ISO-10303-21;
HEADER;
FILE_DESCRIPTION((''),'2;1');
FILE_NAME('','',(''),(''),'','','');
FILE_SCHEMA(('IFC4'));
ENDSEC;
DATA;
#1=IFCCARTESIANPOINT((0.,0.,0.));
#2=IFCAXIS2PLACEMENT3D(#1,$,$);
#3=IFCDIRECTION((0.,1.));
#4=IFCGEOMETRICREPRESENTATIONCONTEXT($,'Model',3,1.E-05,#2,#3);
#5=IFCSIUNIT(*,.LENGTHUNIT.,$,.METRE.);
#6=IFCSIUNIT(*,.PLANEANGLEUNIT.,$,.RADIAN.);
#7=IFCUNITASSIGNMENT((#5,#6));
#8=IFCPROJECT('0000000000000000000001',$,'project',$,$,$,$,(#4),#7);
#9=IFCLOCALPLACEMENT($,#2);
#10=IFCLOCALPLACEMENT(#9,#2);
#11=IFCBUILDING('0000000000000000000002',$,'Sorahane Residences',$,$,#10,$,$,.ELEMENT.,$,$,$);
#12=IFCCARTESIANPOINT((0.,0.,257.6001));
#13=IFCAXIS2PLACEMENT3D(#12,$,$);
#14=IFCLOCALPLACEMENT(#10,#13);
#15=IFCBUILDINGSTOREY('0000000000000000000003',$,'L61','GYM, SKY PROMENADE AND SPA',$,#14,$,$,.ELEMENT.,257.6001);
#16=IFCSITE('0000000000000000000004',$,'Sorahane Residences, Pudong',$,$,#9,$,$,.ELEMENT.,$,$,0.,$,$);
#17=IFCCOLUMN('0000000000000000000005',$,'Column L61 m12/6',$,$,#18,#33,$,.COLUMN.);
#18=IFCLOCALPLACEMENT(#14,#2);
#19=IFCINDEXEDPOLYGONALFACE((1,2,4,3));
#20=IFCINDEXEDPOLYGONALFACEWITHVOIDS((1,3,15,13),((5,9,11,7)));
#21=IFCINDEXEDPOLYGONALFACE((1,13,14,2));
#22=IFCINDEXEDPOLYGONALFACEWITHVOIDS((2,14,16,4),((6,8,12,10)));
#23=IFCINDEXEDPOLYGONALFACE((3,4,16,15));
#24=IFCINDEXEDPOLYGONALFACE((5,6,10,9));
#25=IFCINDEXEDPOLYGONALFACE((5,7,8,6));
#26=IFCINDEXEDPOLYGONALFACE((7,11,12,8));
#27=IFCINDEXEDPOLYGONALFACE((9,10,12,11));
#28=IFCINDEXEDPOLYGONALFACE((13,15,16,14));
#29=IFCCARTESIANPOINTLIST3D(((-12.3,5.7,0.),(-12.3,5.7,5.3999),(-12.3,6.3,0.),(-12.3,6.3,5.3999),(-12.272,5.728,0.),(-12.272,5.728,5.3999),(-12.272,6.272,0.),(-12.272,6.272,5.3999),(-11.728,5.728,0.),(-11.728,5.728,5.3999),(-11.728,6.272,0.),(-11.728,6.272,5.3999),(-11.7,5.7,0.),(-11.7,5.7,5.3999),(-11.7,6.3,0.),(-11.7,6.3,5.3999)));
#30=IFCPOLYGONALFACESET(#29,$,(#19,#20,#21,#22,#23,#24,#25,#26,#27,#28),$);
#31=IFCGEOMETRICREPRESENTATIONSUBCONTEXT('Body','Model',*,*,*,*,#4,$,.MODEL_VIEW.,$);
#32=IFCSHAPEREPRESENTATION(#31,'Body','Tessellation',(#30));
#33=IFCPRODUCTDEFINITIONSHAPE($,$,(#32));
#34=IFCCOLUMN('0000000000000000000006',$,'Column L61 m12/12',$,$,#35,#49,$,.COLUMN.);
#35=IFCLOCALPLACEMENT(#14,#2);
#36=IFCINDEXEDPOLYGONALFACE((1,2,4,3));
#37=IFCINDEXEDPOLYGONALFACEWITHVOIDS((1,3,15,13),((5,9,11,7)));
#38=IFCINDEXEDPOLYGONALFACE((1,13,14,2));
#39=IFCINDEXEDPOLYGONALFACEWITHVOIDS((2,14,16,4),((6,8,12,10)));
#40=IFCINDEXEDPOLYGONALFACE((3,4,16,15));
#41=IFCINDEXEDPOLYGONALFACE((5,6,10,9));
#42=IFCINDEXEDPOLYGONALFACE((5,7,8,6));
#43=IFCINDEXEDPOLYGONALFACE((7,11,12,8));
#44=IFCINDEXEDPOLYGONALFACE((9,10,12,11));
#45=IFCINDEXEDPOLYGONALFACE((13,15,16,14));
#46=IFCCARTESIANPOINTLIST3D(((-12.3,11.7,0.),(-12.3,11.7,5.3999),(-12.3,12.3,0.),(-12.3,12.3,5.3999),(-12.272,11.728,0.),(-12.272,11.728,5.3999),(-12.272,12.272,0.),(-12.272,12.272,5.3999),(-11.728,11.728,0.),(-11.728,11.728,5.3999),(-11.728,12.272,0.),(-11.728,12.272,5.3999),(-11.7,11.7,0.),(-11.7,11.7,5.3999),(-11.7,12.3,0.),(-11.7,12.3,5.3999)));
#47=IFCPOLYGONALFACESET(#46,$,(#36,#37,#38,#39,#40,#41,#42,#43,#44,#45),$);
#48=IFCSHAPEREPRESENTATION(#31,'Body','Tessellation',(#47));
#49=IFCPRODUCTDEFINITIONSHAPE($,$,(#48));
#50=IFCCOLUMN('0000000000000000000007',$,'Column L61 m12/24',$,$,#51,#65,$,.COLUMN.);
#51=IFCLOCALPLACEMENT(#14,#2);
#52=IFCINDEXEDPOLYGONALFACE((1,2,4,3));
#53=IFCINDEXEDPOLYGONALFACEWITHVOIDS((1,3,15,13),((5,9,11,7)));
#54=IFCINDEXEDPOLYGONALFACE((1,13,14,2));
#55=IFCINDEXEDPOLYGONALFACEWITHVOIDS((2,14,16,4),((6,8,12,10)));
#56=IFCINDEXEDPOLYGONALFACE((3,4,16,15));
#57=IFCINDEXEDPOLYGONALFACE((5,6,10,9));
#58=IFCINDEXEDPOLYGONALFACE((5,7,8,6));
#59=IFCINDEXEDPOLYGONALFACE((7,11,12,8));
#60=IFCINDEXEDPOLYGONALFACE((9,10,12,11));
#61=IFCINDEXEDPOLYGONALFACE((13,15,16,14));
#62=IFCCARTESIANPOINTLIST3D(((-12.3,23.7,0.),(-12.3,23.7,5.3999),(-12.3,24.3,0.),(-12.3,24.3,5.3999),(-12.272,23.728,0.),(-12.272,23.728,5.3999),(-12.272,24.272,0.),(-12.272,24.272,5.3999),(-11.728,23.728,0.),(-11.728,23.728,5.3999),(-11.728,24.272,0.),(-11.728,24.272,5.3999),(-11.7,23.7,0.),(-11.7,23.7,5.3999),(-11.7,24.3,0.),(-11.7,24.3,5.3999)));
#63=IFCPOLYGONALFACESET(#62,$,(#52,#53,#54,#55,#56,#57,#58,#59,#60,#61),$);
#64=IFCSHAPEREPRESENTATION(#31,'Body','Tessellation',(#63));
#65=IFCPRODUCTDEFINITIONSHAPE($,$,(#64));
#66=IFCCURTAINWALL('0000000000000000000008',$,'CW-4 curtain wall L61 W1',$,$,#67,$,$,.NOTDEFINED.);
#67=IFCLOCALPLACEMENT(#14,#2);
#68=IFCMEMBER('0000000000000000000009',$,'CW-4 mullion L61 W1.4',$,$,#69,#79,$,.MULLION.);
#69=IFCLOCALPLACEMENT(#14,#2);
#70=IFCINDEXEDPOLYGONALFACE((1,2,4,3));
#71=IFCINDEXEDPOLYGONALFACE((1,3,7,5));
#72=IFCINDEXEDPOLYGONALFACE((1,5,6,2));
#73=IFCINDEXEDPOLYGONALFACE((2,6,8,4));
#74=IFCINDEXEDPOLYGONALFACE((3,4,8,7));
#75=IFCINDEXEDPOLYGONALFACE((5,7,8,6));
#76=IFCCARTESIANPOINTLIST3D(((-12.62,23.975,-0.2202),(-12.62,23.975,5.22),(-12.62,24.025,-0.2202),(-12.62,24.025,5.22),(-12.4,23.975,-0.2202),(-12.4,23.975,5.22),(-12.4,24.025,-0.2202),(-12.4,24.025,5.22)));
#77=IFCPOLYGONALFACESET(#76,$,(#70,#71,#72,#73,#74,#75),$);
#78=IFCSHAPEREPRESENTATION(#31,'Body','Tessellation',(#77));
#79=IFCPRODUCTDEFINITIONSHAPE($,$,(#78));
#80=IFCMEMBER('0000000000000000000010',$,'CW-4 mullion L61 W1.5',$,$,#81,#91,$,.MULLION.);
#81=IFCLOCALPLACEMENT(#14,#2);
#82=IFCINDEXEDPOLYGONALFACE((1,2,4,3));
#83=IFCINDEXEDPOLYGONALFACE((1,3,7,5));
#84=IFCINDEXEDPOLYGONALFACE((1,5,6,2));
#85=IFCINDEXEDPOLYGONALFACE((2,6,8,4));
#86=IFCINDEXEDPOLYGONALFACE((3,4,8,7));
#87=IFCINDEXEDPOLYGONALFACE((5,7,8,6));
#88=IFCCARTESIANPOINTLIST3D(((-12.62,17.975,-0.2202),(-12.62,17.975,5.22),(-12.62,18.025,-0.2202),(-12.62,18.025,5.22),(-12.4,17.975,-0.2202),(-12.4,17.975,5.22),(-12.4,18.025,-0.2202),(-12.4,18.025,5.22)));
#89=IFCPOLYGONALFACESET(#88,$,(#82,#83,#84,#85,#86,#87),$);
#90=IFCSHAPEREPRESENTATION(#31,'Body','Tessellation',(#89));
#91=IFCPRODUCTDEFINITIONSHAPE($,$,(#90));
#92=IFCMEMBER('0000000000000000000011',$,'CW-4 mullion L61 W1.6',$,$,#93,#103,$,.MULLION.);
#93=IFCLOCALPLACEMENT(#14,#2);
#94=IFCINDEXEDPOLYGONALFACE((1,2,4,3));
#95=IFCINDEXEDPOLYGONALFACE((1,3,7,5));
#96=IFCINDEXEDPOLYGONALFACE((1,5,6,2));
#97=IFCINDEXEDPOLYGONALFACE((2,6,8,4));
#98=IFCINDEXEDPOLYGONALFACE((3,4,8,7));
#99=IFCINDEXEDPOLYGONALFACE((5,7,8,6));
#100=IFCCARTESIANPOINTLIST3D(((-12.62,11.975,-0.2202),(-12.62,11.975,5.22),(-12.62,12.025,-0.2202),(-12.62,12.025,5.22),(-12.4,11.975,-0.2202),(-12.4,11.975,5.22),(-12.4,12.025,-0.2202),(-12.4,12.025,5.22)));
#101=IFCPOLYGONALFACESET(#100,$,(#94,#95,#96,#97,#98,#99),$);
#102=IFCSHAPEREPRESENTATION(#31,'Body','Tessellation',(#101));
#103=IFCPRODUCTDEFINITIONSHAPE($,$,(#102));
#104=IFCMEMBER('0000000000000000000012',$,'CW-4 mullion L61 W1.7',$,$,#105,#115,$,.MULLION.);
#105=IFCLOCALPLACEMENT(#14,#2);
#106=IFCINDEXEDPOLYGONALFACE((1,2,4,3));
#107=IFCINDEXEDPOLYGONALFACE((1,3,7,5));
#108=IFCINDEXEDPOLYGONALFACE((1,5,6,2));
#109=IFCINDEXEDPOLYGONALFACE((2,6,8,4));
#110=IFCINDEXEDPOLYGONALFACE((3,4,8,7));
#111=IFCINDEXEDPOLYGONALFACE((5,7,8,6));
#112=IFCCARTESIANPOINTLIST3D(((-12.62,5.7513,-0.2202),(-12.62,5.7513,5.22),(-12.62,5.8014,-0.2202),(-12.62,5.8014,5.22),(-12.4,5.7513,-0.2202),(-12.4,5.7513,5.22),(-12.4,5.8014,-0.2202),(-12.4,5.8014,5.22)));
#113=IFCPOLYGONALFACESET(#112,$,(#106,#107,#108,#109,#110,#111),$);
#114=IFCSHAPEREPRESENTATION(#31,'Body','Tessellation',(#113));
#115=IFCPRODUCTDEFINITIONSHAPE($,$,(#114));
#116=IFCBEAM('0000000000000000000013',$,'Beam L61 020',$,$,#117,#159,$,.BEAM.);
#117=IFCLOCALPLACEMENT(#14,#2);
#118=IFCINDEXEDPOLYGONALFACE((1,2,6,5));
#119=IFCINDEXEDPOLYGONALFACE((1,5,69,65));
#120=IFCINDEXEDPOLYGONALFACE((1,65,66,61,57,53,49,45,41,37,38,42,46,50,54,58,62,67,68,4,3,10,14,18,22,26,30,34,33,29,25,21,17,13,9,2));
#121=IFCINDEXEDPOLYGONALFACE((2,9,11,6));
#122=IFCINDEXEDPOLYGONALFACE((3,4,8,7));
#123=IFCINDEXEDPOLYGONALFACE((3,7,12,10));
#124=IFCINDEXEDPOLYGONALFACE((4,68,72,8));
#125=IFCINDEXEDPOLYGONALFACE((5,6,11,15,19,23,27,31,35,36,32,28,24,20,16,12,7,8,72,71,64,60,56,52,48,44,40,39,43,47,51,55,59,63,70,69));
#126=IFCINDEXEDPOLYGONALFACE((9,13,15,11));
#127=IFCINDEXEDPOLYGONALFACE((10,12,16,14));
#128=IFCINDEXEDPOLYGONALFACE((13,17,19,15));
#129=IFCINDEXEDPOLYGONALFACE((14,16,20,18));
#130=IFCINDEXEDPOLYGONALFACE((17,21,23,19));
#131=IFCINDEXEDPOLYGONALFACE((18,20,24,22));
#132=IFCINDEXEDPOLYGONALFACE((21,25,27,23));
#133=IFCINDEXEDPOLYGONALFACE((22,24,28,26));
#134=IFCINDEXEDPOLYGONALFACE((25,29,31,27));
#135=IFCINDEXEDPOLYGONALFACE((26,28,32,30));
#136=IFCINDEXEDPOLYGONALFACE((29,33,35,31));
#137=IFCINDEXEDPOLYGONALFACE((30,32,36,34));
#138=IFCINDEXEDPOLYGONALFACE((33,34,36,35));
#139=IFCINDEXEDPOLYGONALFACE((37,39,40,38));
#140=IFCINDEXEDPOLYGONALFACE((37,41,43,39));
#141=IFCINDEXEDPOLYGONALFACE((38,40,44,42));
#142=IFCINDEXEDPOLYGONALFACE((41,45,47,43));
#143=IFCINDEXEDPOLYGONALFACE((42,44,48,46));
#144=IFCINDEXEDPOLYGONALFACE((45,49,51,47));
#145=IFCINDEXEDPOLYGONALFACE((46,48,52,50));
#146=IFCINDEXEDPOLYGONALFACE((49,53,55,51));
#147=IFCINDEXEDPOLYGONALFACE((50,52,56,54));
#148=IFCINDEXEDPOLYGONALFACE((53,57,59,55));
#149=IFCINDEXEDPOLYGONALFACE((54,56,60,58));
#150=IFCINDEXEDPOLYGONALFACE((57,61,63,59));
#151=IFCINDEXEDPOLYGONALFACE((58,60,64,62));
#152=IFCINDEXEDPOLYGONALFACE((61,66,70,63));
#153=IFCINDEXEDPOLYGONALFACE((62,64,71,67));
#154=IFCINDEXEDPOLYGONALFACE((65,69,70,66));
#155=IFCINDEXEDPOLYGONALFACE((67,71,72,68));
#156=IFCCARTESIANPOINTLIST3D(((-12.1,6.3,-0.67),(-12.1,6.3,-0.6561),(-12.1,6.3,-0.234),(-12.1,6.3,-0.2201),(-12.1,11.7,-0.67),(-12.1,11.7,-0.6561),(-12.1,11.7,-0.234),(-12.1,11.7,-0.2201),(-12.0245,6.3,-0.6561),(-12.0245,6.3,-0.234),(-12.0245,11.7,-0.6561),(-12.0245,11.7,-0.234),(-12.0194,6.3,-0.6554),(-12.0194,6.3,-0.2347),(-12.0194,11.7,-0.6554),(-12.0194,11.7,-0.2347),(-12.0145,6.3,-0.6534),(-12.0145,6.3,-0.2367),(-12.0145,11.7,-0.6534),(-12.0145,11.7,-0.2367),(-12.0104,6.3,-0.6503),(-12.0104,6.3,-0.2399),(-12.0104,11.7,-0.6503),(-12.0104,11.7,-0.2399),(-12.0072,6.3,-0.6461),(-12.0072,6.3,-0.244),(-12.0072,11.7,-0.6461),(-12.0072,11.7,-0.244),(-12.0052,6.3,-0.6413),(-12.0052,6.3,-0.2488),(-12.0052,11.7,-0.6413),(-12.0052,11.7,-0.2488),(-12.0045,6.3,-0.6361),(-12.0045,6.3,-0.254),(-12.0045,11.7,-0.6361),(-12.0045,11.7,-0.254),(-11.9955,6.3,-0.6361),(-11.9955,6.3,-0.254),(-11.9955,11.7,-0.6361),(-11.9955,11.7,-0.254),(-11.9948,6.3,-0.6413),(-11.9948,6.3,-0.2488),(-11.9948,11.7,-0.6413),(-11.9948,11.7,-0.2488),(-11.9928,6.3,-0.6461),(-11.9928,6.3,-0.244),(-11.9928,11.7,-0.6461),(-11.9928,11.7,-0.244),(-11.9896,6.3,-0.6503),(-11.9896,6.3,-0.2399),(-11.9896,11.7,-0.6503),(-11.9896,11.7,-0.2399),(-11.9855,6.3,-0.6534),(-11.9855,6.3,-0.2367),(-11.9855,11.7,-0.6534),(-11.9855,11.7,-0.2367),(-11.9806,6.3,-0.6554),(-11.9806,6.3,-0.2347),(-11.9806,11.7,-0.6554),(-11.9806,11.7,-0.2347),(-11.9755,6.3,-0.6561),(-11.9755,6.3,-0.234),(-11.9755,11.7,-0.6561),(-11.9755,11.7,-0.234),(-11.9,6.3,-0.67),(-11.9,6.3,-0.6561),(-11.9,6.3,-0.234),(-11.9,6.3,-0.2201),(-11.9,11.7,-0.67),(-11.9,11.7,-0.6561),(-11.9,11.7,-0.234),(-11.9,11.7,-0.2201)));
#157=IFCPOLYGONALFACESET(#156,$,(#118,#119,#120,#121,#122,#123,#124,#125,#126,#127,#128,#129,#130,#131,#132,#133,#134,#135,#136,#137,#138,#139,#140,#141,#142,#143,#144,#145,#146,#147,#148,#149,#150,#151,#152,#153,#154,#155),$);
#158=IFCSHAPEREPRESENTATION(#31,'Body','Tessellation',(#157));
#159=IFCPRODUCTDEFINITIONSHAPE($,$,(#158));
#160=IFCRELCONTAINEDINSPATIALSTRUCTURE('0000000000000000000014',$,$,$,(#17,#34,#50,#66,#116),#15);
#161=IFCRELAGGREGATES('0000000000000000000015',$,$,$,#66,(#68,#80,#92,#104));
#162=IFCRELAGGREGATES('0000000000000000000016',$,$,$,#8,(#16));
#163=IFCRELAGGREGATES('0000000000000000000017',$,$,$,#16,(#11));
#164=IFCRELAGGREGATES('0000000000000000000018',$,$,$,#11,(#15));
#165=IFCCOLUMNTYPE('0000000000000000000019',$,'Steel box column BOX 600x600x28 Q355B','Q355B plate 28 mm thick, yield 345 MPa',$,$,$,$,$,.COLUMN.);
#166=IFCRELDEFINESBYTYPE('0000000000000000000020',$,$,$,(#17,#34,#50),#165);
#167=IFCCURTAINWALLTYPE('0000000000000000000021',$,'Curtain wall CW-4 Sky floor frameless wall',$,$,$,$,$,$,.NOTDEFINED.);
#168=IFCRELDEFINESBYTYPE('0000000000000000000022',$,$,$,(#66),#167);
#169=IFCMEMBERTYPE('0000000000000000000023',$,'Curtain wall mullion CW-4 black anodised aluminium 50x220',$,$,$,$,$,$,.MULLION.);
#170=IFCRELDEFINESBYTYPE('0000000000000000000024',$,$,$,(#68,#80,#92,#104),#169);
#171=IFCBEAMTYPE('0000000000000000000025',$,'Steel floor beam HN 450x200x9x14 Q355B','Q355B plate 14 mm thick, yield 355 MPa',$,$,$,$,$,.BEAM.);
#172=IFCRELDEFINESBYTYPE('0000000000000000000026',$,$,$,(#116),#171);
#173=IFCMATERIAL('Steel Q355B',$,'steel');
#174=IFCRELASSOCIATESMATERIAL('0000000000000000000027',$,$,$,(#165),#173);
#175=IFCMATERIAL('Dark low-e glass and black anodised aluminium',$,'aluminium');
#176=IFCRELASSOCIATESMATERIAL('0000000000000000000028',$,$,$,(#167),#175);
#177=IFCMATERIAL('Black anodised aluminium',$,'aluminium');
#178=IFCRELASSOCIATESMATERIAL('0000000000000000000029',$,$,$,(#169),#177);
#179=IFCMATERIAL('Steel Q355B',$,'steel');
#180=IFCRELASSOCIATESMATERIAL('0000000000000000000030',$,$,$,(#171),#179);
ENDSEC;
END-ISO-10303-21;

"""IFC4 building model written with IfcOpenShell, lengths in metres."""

from ifc_helpers import new_model, si_unit, direction, frame, origin, origin_2d, place, context, subcontext, project, spatial, rectangle, hollow_rectangle, i_section, extrude, material, material_profile, profile_set, type_object, element, aggregate, save


model = new_model("IFC4")

# Units and contexts
model_context = context("Model", 3, precision=1e-05, world=origin(), true_north=direction((0.0, 1.0)))
body_context = subcontext(model_context, "Body", "Model", "MODEL_VIEW")
ifc_project = project(units=[si_unit("LENGTHUNIT", "METRE"), si_unit("PLANEANGLEUNIT", "RADIAN")], contexts=[model_context])

# Site, building, storey
site_placement = place(None, origin())
site = spatial("IfcSite", under=ifc_project, at=site_placement, Name="Sorahane Residences, Pudong", CompositionType="ELEMENT", RefElevation=0.0)
building_placement = place(site_placement, origin())
building = spatial("IfcBuilding", under=site, at=building_placement, Name="Sorahane Residences", CompositionType="ELEMENT")
storey_placement = place(building_placement, frame((0.0, 0.0, 257.6001)))
storey = spatial("IfcBuildingStorey", under=building, at=storey_placement, Name="L61", Description="GYM, SKY PROMENADE AND SPA", CompositionType="ELEMENT", Elevation=257.6001)

# Columns
ifc_material_1 = material(Name="Steel Q355B", Category="steel")
ifc_material_profile_1 = material_profile(ifc_material_1, hollow_rectangle(XDim=0.6001, YDim=0.6001, WallThickness=0.0281, at=origin_2d()), Name="BOX 600x600x28")
ifc_profile_set_1 = profile_set([ifc_material_profile_1], Name="Steel Q355B")
column_type = type_object("IfcColumnType", Name="Steel box column BOX 600x600x28 Q355B", Description="Q355B plate 28 mm thick, yield 345 MPa", PredefinedType="COLUMN", material=ifc_profile_set_1)
for number, where, z_axis, x_axis, name in (
    (1, (-12.0, 6.0, 0.0), (0.0, 0.0, 1.0), (1.0, 0.0, 0.0), "Column L61 m12/6"),
    (2, (-12.0, 12.0, 0.0), (0.0, 0.0, 1.0), (1.0, 0.0, 0.0), "Column L61 m12/12"),
    (3, (-12.0, 24.0, 0.0), (0.0, 0.0, 1.0), (1.0, 0.0, 0.0), "Column L61 m12/24"),
):
    element("IfcColumn", number, at=place(storey_placement, frame(where, z_axis=z_axis, x_axis=x_axis)), inside=storey, type_object=column_type, Name=name, PredefinedType="COLUMN", context=body_context, shape_type="SweptSolid", body=[
        extrude(hollow_rectangle(XDim=0.6001, YDim=0.6001, WallThickness=0.0281, at=origin_2d()), origin(), (0.0, 0.0, 1.0), 5.3999),
    ])

# Curtain wall, members
ifc_material_2 = material(Name="Dark low-e glass and black anodised aluminium", Category="aluminium")
curtain_wall_type = type_object("IfcCurtainWallType", Name="Curtain wall CW-4 Sky floor frameless wall", PredefinedType="NOTDEFINED", material=ifc_material_2)
curtain_wall_placement = place(storey_placement, origin())
curtain_wall = element("IfcCurtainWall", 4, at=curtain_wall_placement, inside=storey, type_object=curtain_wall_type, Name="CW-4 curtain wall L61 W1", PredefinedType="NOTDEFINED")
ifc_material_3 = material(Name="Black anodised aluminium", Category="aluminium")
ifc_material_profile_2 = material_profile(ifc_material_3, rectangle(XDim=0.22, YDim=0.05, at=origin_2d()), Name="Curtain wall mullion CW-4 black anodised aluminium 50x220")
ifc_profile_set_2 = profile_set([ifc_material_profile_2], Name="Black anodised aluminium")
member_type = type_object("IfcMemberType", Name="Curtain wall mullion CW-4 black anodised aluminium 50x220", PredefinedType="MULLION", material=ifc_profile_set_2)
member_1_placement = place(storey_placement, frame((-12.51, 24.0, -0.2202), z_axis=(0.0, 0.0, 1.0), x_axis=(-1.0, 0.0, 0.0)))
member_1 = element("IfcMember", 5, at=member_1_placement, type_object=member_type, Name="CW-4 mullion L61 W1.4", PredefinedType="MULLION", context=body_context, shape_type="SweptSolid", body=[
    extrude(rectangle(XDim=0.22, YDim=0.05, at=origin_2d()), origin(), (0.0, 0.0, 1.0), 5.4402),
])
member_2_placement = place(storey_placement, frame((-12.51, 18.0, -0.2202), z_axis=(0.0, 0.0, 1.0), x_axis=(-1.0, 0.0, 0.0)))
member_2 = element("IfcMember", 6, at=member_2_placement, type_object=member_type, Name="CW-4 mullion L61 W1.5", PredefinedType="MULLION", context=body_context, shape_type="SweptSolid", body=[
    extrude(rectangle(XDim=0.22, YDim=0.05, at=origin_2d()), origin(), (0.0, 0.0, 1.0), 5.4402),
])
member_3_placement = place(storey_placement, frame((-12.51, 12.0, -0.2202), z_axis=(0.0, 0.0, 1.0), x_axis=(-1.0, 0.0, 0.0)))
member_3 = element("IfcMember", 7, at=member_3_placement, type_object=member_type, Name="CW-4 mullion L61 W1.6", PredefinedType="MULLION", context=body_context, shape_type="SweptSolid", body=[
    extrude(rectangle(XDim=0.22, YDim=0.05, at=origin_2d()), origin(), (0.0, 0.0, 1.0), 5.4402),
])
member_4_placement = place(storey_placement, frame((-12.51, 5.7764, -0.2202), z_axis=(0.0, 0.0, 1.0), x_axis=(-1.0, 0.0, 0.0)))
member_4 = element("IfcMember", 8, at=member_4_placement, type_object=member_type, Name="CW-4 mullion L61 W1.7", PredefinedType="MULLION", context=body_context, shape_type="SweptSolid", body=[
    extrude(rectangle(XDim=0.22, YDim=0.05, at=origin_2d()), origin(), (0.0, 0.0, 1.0), 5.4402),
])

# Beam
ifc_material_4 = material(Name="Steel Q355B", Category="steel")
ifc_material_profile_3 = material_profile(ifc_material_4, i_section(OverallWidth=0.2, OverallDepth=0.45, WebThickness=0.009, FlangeThickness=0.0139, FilletRadius=0.02, at=origin_2d()), Name="HN 450x200x9x14")
ifc_profile_set_3 = profile_set([ifc_material_profile_3], Name="Steel Q355B")
beam_type_1 = type_object("IfcBeamType", Name="Steel floor beam HN 450x200x9x14 Q355B", Description="Q355B plate 14 mm thick, yield 355 MPa", PredefinedType="BEAM", material=ifc_profile_set_3)
beam_1_placement = place(storey_placement, frame((-12.0, 6.3, -0.4451), z_axis=(0.0, 1.0, 0.0), x_axis=(-1.0, 0.0, 0.0)))
element("IfcBeam", 9, at=beam_1_placement, inside=storey, type_object=beam_type_1, Name="Beam L61 020", PredefinedType="BEAM", context=body_context, shape_type="SweptSolid", body=[
    extrude(i_section(OverallWidth=0.2, OverallDepth=0.45, WebThickness=0.009, FlangeThickness=0.0139, FilletRadius=0.02, at=origin_2d()), origin(), (0.0, 0.0, 1.0), 5.3999),
])

aggregate(curtain_wall, [member_1, member_2, member_3, member_4])

save(model, "model.ifc")
